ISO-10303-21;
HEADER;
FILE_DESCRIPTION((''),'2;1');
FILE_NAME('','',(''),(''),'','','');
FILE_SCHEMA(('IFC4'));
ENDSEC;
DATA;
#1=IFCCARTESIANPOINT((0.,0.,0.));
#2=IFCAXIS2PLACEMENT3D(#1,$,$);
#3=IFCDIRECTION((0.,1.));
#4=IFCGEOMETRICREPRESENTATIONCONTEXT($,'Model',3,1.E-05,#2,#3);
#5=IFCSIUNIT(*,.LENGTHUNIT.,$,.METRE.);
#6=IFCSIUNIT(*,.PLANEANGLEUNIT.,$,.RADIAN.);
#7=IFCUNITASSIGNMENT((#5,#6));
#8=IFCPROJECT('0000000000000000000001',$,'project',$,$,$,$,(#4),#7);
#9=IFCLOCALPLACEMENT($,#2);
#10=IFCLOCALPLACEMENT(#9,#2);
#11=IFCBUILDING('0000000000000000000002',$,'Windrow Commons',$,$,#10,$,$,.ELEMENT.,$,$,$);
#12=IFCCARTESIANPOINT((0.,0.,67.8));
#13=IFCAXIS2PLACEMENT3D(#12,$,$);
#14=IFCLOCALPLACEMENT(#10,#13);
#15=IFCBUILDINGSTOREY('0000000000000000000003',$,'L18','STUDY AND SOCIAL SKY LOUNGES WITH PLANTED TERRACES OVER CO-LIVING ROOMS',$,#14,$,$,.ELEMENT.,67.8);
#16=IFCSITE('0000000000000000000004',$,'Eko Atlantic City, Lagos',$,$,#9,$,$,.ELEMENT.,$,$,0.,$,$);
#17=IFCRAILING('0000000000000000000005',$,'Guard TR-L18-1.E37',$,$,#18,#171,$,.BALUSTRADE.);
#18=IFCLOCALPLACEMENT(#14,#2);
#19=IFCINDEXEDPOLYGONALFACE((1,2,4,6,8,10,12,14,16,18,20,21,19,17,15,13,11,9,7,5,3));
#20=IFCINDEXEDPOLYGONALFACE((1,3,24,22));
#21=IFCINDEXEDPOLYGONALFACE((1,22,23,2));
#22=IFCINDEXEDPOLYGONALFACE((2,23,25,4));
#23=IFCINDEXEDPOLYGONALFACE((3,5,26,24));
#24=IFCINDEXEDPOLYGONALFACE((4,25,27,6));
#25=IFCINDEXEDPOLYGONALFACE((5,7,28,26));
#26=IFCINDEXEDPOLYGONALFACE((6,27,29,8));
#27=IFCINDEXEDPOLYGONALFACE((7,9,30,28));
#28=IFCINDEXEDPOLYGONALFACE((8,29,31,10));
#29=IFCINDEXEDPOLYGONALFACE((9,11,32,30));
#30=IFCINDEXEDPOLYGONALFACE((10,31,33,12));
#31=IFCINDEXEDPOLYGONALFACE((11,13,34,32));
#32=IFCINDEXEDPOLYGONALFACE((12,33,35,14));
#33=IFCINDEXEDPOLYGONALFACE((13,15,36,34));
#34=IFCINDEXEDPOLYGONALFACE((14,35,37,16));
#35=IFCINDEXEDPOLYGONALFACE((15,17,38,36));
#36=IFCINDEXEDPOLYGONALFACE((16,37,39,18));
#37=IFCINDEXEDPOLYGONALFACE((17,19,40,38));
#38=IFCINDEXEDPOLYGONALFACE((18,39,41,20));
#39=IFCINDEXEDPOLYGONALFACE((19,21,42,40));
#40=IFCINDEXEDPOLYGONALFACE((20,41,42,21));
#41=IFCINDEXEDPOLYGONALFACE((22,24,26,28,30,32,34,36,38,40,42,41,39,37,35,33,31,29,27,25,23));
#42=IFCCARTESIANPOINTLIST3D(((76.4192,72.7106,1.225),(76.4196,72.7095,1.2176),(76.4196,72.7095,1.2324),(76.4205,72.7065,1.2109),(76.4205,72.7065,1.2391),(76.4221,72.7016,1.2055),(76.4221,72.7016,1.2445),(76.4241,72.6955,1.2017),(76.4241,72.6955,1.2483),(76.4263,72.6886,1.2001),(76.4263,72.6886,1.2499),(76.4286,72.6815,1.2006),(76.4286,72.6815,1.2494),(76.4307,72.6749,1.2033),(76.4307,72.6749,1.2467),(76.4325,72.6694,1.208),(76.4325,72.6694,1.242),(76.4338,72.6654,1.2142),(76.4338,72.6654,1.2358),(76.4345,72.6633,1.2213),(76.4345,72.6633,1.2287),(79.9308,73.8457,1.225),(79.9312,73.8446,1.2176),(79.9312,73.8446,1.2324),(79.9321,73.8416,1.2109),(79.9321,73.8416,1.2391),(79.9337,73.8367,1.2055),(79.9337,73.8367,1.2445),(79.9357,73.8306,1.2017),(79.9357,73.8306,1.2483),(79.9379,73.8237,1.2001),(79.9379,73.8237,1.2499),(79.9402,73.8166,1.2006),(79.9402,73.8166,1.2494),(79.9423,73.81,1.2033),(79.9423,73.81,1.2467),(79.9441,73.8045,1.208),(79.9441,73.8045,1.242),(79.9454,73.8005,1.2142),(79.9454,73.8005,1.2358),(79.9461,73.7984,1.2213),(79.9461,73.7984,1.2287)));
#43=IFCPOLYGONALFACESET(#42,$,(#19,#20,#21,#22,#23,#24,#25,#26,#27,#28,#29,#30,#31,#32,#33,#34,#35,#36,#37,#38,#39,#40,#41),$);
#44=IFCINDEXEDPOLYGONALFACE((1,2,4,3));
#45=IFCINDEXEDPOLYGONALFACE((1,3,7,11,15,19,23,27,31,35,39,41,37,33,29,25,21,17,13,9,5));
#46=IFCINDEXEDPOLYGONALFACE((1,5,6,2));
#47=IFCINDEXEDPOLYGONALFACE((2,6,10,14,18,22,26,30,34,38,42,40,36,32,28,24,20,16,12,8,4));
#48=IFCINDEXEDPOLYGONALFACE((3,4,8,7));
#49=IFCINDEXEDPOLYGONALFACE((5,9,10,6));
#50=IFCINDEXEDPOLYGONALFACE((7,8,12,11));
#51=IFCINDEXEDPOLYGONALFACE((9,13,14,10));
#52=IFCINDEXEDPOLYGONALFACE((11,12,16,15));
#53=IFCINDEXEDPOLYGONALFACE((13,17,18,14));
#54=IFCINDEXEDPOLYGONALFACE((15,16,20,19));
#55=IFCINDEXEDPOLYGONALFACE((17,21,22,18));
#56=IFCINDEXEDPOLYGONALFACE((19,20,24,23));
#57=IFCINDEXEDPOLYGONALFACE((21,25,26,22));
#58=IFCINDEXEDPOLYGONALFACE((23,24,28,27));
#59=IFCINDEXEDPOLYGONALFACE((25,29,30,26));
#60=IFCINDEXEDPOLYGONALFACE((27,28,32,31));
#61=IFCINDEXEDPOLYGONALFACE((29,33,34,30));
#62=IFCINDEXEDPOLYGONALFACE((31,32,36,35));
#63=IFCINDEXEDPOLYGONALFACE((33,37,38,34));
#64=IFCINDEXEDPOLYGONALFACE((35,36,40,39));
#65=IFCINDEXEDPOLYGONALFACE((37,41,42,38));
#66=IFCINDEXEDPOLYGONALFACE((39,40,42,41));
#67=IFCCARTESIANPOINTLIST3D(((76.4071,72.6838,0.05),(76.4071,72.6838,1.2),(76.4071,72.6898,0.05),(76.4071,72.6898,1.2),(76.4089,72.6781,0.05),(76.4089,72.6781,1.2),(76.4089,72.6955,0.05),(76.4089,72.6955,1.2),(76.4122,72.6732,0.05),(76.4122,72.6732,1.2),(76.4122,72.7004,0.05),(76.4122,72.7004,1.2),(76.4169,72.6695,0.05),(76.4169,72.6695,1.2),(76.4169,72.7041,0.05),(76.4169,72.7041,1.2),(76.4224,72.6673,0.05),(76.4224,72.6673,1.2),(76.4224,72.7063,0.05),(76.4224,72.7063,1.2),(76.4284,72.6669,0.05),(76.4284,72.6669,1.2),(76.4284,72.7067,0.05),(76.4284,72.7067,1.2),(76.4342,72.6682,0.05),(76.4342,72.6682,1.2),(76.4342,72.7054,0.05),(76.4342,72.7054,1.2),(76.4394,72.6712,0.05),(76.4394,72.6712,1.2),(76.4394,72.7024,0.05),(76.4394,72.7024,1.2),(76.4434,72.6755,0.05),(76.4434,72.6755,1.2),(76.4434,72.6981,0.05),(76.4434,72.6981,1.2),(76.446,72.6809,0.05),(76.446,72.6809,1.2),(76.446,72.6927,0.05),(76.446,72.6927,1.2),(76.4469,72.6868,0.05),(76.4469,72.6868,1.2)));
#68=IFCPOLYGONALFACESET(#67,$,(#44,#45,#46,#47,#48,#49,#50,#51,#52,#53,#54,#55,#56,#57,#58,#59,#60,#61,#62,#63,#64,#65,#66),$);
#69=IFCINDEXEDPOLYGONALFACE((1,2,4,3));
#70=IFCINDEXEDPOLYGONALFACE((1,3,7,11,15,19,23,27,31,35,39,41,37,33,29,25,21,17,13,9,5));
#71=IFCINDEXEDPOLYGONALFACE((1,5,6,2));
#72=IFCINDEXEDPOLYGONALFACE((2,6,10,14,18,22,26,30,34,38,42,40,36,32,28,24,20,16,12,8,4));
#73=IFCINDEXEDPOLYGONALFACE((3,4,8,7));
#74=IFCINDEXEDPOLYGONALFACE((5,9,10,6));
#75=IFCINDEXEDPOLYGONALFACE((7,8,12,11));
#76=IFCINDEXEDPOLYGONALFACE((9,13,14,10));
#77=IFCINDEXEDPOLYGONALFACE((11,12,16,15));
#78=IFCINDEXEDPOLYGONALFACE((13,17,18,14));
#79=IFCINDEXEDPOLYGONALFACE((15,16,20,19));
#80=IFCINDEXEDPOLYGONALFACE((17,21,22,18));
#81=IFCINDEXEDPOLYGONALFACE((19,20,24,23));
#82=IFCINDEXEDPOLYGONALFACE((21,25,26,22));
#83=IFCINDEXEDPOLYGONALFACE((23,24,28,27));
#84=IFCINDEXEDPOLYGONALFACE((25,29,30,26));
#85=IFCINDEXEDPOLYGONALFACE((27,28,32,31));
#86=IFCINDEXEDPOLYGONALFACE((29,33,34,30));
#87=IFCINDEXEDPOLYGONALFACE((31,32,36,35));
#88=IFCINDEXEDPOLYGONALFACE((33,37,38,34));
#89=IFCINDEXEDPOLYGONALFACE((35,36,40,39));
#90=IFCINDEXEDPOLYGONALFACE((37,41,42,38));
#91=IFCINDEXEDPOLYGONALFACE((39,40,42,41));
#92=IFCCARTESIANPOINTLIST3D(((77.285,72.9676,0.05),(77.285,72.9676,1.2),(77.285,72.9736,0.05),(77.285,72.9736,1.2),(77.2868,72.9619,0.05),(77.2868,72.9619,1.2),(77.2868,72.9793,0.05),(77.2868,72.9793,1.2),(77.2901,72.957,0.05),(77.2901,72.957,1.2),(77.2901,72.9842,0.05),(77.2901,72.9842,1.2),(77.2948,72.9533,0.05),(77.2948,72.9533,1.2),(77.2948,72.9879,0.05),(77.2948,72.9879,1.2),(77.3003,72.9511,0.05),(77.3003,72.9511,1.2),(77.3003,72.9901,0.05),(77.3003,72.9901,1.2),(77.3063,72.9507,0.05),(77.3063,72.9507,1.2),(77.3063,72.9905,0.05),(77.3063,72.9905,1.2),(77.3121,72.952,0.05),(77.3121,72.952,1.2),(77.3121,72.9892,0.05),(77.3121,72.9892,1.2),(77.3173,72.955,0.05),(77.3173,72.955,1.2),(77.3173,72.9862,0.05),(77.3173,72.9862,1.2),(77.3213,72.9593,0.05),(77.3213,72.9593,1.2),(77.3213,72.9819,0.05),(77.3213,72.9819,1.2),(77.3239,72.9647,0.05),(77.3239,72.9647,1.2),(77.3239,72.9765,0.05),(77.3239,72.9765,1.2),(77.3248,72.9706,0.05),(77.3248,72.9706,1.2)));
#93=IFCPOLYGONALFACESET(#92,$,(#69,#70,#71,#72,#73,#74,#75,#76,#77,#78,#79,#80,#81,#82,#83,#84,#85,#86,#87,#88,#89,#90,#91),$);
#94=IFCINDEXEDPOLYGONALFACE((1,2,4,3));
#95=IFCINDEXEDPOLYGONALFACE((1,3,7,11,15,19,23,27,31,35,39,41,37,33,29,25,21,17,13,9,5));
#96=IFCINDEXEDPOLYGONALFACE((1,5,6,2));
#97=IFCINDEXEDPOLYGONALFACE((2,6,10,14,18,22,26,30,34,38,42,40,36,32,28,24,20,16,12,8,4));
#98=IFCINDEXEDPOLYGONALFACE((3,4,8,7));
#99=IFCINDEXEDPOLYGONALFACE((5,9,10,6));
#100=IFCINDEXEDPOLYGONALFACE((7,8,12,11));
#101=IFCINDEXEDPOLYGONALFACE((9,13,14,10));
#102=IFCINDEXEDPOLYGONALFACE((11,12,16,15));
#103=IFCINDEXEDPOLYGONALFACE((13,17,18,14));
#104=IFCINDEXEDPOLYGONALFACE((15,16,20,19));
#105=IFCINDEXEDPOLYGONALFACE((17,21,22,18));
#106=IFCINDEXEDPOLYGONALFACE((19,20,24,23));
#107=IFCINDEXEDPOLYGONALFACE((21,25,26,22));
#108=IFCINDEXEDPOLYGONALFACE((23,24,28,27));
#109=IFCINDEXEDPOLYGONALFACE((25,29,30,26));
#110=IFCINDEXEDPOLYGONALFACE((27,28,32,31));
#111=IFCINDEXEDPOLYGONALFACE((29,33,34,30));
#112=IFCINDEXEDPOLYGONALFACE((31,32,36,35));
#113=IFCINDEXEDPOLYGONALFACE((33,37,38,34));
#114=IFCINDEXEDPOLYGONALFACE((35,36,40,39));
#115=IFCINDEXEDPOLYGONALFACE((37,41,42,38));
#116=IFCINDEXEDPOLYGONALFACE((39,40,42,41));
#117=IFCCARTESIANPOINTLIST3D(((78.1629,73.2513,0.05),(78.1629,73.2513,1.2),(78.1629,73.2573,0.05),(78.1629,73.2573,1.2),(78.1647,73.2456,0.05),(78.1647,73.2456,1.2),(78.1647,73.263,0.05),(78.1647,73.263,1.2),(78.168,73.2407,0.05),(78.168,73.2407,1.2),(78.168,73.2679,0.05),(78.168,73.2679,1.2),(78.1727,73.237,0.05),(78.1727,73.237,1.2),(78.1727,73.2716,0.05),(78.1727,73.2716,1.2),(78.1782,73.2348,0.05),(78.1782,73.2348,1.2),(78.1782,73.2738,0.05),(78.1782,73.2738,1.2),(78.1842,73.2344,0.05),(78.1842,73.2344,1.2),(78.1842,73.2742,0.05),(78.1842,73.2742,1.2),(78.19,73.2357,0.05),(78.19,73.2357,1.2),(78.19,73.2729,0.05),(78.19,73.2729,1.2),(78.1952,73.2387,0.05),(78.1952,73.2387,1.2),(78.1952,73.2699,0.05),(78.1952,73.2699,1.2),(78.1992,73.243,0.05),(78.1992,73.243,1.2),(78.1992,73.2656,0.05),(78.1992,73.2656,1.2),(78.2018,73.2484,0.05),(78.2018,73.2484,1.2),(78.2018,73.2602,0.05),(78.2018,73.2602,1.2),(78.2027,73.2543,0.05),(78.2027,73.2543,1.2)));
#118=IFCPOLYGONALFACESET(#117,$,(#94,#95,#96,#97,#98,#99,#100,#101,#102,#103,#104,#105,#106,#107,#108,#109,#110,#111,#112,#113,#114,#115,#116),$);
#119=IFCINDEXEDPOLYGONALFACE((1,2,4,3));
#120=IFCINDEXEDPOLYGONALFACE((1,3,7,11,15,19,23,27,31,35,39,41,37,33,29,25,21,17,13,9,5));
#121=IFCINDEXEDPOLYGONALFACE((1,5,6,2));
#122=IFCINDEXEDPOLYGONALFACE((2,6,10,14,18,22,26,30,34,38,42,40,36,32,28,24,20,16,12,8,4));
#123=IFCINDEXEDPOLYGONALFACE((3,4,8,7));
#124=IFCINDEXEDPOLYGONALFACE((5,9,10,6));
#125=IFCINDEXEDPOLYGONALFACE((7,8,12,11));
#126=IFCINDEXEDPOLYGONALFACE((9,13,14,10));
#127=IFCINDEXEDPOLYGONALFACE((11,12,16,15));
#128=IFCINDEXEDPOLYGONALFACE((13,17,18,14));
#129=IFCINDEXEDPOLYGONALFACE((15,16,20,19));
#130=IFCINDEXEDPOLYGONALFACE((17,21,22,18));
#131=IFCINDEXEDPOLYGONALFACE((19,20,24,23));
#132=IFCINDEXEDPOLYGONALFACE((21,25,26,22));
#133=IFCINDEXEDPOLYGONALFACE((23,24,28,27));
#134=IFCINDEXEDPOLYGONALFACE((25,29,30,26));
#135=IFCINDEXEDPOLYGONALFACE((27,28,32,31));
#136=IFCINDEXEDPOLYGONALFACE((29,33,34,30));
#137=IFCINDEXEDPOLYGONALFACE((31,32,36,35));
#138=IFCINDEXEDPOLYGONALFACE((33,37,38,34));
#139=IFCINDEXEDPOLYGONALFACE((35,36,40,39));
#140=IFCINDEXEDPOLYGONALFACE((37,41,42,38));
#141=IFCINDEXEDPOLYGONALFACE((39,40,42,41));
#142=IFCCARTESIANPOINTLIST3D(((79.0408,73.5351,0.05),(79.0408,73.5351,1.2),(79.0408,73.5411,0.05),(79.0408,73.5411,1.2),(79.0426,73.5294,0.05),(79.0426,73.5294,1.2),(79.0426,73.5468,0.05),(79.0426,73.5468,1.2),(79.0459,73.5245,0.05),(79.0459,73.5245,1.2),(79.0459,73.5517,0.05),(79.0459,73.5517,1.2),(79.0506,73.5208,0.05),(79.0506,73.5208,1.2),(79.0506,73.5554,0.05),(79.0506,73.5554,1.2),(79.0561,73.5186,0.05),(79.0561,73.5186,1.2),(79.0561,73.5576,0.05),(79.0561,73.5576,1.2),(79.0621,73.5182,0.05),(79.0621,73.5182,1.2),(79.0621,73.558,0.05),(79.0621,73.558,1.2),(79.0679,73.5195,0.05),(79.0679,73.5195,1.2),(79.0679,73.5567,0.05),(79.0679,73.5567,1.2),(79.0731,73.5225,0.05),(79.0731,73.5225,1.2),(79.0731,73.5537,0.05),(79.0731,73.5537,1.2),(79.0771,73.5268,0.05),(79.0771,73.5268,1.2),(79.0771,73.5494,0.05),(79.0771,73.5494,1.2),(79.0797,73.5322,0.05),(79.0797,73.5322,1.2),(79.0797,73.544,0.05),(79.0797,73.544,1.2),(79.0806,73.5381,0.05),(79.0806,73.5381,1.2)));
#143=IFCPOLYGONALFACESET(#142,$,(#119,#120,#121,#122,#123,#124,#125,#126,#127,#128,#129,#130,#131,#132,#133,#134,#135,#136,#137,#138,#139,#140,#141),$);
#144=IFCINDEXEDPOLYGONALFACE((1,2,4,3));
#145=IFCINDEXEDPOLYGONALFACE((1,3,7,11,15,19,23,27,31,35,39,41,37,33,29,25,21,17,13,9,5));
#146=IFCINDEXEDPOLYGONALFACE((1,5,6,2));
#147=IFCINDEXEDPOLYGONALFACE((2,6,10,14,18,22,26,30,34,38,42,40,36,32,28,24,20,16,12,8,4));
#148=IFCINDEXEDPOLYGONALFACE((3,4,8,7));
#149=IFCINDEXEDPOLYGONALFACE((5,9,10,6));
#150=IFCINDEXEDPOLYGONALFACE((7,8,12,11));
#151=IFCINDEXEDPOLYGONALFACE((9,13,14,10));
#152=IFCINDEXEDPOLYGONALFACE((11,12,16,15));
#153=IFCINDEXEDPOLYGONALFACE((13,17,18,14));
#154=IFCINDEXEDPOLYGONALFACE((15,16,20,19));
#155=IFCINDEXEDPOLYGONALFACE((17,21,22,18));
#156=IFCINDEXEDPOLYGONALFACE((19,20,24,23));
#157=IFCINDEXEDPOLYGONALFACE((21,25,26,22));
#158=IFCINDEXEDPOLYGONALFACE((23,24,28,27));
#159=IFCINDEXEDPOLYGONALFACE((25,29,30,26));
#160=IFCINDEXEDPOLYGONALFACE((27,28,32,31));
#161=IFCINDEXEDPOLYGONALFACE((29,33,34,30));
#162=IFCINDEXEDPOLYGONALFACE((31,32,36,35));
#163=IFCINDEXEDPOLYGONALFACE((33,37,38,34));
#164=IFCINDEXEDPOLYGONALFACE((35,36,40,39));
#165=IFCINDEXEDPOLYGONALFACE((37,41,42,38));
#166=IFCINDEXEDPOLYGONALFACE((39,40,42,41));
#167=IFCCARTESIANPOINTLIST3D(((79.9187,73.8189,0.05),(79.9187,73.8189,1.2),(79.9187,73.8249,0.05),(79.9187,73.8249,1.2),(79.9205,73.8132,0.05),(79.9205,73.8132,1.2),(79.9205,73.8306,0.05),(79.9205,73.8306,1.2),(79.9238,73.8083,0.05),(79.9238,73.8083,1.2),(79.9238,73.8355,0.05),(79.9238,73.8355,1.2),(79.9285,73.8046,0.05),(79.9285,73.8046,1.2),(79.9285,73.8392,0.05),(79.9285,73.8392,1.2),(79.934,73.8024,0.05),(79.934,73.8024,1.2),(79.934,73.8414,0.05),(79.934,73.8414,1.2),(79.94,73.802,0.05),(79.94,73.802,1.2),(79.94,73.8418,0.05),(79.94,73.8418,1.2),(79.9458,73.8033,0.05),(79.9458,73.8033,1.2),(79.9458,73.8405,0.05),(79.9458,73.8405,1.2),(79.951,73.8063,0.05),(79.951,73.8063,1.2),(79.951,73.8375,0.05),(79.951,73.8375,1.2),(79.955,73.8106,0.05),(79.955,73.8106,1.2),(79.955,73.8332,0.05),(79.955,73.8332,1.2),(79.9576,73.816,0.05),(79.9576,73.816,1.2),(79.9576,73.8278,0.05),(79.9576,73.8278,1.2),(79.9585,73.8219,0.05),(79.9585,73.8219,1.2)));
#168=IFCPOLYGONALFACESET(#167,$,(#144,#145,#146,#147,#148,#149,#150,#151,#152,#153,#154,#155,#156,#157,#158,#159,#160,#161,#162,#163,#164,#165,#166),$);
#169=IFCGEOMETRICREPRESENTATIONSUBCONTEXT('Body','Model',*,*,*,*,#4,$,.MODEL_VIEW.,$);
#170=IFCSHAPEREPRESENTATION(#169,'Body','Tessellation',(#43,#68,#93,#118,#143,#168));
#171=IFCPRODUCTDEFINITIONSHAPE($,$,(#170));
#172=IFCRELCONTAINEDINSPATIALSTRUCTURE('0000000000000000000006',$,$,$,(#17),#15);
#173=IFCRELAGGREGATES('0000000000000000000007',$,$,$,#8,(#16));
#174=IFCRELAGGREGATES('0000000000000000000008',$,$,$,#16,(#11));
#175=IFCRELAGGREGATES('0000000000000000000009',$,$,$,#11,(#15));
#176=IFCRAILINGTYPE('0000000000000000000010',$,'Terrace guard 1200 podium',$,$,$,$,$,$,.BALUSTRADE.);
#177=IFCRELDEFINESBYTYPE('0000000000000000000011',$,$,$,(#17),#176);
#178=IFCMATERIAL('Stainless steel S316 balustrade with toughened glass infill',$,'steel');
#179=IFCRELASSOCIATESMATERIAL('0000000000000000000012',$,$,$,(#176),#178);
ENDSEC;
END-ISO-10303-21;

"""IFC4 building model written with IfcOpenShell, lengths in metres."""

from ifc_helpers import new_model, si_unit, direction, frame, origin, origin_2d, place, context, subcontext, project, spatial, circle, extrude, material, type_object, element, save


model = new_model("IFC4")

# Units and contexts
model_context = context("Model", 3, precision=1e-05, world=origin(), true_north=direction((0.0, 1.0)))
body_context = subcontext(model_context, "Body", "Model", "MODEL_VIEW")
ifc_project = project(units=[si_unit("LENGTHUNIT", "METRE"), si_unit("PLANEANGLEUNIT", "RADIAN")], contexts=[model_context])

# Site, building, storey
site_placement = place(None, origin())
site = spatial("IfcSite", under=ifc_project, at=site_placement, Name="Eko Atlantic City, Lagos", CompositionType="ELEMENT", RefElevation=0.0)
building_placement = place(site_placement, origin())
building = spatial("IfcBuilding", under=site, at=building_placement, Name="Windrow Commons", CompositionType="ELEMENT")
storey_placement = place(building_placement, frame((0.0, 0.0, 67.8)))
storey = spatial("IfcBuildingStorey", under=building, at=storey_placement, Name="L18", Description="STUDY AND SOCIAL SKY LOUNGES WITH PLANTED TERRACES OVER CO-LIVING ROOMS", CompositionType="ELEMENT", Elevation=67.8)

# Railing
ifc_material_1 = material(Name="Stainless steel S316 balustrade with toughened glass infill", Category="steel")
railing_type = type_object("IfcRailingType", Name="Terrace guard 1200 podium", PredefinedType="BALUSTRADE", material=ifc_material_1)
railing_1_placement = place(storey_placement, frame((76.4269, 72.6868, 0.05)))
element("IfcRailing", 1, at=railing_1_placement, inside=storey, type_object=railing_type, Name="Guard TR-L18-1.E37", PredefinedType="BALUSTRADE", context=body_context, shape_type="SweptSolid", body=[
    extrude(circle(Radius=0.025, at=origin_2d()), frame((0.0, 0.0, 1.175), z_axis=(0.951524, 0.307574, 0.0), x_axis=(-0.307574, 0.951524, 0.0)), (0.0, 0.0, 1.0), 3.6905),
    extrude(circle(Radius=0.02, at=origin_2d()), origin(), (0.0, 0.0, 1.0), 1.15),
    extrude(circle(Radius=0.02, at=origin_2d()), frame((0.8779, 0.2838, 0.0)), (0.0, 0.0, 1.0), 1.15),
    extrude(circle(Radius=0.02, at=origin_2d()), frame((1.7558, 0.5675, 0.0)), (0.0, 0.0, 1.0), 1.15),
    extrude(circle(Radius=0.02, at=origin_2d()), frame((2.6337, 0.8513, 0.0)), (0.0, 0.0, 1.0), 1.15),
    extrude(circle(Radius=0.02, at=origin_2d()), frame((3.5116, 1.1351, 0.0)), (0.0, 0.0, 1.0), 1.15),
])

save(model, "model.ifc")
